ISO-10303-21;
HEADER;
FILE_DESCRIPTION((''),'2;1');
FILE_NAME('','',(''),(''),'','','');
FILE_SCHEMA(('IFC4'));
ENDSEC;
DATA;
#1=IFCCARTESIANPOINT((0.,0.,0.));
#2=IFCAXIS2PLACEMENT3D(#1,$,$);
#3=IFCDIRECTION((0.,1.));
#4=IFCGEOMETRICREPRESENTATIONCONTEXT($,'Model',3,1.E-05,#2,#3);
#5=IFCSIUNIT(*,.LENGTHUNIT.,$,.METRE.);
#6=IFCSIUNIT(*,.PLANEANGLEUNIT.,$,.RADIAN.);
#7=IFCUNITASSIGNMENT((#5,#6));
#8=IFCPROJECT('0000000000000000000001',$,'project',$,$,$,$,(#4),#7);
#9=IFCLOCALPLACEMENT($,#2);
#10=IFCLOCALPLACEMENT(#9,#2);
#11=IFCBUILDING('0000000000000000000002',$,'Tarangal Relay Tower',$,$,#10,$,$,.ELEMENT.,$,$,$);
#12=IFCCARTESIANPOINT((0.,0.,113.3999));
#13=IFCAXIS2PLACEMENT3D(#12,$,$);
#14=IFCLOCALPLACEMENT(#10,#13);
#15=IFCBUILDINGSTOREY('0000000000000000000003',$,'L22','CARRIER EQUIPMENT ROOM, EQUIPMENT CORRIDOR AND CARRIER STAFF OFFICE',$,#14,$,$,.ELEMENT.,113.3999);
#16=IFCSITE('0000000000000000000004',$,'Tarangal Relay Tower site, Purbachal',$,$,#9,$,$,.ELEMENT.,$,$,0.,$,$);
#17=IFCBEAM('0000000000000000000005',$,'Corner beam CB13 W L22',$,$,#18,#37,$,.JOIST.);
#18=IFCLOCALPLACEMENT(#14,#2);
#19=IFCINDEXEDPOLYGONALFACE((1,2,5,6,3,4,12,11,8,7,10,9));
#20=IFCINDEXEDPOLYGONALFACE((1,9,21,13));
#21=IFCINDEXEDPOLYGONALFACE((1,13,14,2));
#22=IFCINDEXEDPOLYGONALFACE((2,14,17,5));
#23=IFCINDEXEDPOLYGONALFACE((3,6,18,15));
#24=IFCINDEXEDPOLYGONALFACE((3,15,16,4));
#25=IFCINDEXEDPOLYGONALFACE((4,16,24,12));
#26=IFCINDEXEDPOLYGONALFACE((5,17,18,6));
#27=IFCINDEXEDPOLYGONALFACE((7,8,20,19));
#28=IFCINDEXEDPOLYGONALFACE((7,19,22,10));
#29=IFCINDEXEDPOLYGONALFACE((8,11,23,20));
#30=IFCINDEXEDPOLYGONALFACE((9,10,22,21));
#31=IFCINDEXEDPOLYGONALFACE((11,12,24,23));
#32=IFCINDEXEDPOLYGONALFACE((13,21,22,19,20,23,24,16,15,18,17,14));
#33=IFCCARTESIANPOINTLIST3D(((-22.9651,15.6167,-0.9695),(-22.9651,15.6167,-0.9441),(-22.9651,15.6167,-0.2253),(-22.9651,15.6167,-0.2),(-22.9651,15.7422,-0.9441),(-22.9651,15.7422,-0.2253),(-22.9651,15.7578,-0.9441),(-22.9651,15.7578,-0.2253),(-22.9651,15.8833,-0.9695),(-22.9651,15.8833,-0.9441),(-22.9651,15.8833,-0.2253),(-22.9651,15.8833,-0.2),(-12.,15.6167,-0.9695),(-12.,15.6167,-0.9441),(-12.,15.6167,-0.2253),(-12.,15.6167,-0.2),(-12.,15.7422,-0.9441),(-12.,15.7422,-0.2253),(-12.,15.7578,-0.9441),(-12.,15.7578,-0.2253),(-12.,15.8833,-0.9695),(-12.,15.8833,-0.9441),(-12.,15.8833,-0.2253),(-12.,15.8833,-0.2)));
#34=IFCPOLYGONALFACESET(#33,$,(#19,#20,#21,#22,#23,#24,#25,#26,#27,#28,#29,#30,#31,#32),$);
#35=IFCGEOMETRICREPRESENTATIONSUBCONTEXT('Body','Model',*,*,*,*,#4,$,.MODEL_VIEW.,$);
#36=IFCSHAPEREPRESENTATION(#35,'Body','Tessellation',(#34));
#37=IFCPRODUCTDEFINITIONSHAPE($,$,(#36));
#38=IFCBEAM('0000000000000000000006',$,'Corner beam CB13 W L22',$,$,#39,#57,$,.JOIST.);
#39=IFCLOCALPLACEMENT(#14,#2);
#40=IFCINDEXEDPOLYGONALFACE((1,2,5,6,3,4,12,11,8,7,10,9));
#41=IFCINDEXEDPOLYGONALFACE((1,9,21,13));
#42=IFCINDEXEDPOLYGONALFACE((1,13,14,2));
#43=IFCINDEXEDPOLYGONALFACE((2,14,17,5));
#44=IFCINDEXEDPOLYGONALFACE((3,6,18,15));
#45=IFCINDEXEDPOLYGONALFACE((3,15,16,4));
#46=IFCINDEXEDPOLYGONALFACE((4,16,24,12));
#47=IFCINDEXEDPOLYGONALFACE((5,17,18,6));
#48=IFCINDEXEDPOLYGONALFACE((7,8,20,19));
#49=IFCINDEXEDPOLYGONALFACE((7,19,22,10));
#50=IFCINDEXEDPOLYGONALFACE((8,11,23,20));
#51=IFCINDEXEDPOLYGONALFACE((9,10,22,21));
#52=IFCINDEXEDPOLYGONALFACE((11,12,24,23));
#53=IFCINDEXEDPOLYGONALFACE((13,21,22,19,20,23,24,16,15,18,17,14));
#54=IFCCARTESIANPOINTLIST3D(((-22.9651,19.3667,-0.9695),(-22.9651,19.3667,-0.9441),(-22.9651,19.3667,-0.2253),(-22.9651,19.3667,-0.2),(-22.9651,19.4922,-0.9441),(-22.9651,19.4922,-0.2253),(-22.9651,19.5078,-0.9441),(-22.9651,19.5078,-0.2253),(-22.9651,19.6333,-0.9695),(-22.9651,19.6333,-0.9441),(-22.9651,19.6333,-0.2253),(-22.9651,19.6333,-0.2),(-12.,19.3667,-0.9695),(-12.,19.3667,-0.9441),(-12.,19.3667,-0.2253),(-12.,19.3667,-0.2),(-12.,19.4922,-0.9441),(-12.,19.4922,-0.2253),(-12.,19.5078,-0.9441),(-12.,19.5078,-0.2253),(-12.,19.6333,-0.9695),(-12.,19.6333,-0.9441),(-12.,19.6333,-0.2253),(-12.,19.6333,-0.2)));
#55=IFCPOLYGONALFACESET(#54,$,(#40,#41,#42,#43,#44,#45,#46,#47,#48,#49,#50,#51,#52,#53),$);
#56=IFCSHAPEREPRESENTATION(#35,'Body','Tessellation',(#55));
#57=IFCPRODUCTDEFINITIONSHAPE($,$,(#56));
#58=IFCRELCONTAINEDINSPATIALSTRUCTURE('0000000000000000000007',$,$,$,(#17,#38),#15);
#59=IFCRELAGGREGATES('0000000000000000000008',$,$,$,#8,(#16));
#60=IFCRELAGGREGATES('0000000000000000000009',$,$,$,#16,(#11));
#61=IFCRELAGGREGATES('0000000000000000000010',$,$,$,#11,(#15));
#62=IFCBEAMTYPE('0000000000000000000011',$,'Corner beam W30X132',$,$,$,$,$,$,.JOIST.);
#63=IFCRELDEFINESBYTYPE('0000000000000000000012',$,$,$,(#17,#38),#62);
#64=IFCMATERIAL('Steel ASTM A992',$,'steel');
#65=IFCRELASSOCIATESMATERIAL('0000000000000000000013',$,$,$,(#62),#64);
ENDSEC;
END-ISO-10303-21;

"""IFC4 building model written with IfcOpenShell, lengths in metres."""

from ifc_helpers import new_model, si_unit, direction, frame, origin, origin_2d, place, context, subcontext, project, spatial, i_section, extrude, material, material_profile, profile_set, type_object, element, save


model = new_model("IFC4")

# Units and contexts
model_context = context("Model", 3, precision=1e-05, world=origin(), true_north=direction((0.0, 1.0)))
body_context = subcontext(model_context, "Body", "Model", "MODEL_VIEW")
ifc_project = project(units=[si_unit("LENGTHUNIT", "METRE"), si_unit("PLANEANGLEUNIT", "RADIAN")], contexts=[model_context])

# Site, building, storey
site_placement = place(None, origin())
site = spatial("IfcSite", under=ifc_project, at=site_placement, Name="Tarangal Relay Tower site, Purbachal", CompositionType="ELEMENT", RefElevation=0.0)
building_placement = place(site_placement, origin())
building = spatial("IfcBuilding", under=site, at=building_placement, Name="Tarangal Relay Tower", CompositionType="ELEMENT")
storey_placement = place(building_placement, frame((0.0, 0.0, 113.3999)))
storey = spatial("IfcBuildingStorey", under=building, at=storey_placement, Name="L22", Description="CARRIER EQUIPMENT ROOM, EQUIPMENT CORRIDOR AND CARRIER STAFF OFFICE", CompositionType="ELEMENT", Elevation=113.3999)

# Beams
ifc_material_1 = material(Name="Steel ASTM A992", Category="steel")
ifc_material_profile = material_profile(ifc_material_1, i_section(OverallWidth=0.2666, OverallDepth=0.7695, WebThickness=0.0156, FlangeThickness=0.0254, at=origin_2d()), Name="W30X132")
ifc_profile_set = profile_set([ifc_material_profile], Name="Steel ASTM A992")
beam_type = type_object("IfcBeamType", Name="Corner beam W30X132", PredefinedType="JOIST", material=ifc_profile_set)
for number, where, z_axis, x_axis, name in (
    (1, (-12.0, 15.75, -0.5847), (-1.0, 0.0, 0.0), (0.0, -1.0, 0.0), "Corner beam CB13 W L22"),
    (2, (-12.0, 19.5, -0.5847), (-1.0, 0.0, 0.0), (0.0, -1.0, 0.0), "Corner beam CB13 W L22"),
):
    element("IfcBeam", number, at=place(storey_placement, frame(where, z_axis=z_axis, x_axis=x_axis)), inside=storey, type_object=beam_type, Name=name, PredefinedType="JOIST", context=body_context, shape_type="SweptSolid", body=[
        extrude(i_section(OverallWidth=0.2666, OverallDepth=0.7695, WebThickness=0.0156, FlangeThickness=0.0254, at=origin_2d()), origin(), (0.0, 0.0, 1.0), 10.9651),
    ])

save(model, "model.ifc")
